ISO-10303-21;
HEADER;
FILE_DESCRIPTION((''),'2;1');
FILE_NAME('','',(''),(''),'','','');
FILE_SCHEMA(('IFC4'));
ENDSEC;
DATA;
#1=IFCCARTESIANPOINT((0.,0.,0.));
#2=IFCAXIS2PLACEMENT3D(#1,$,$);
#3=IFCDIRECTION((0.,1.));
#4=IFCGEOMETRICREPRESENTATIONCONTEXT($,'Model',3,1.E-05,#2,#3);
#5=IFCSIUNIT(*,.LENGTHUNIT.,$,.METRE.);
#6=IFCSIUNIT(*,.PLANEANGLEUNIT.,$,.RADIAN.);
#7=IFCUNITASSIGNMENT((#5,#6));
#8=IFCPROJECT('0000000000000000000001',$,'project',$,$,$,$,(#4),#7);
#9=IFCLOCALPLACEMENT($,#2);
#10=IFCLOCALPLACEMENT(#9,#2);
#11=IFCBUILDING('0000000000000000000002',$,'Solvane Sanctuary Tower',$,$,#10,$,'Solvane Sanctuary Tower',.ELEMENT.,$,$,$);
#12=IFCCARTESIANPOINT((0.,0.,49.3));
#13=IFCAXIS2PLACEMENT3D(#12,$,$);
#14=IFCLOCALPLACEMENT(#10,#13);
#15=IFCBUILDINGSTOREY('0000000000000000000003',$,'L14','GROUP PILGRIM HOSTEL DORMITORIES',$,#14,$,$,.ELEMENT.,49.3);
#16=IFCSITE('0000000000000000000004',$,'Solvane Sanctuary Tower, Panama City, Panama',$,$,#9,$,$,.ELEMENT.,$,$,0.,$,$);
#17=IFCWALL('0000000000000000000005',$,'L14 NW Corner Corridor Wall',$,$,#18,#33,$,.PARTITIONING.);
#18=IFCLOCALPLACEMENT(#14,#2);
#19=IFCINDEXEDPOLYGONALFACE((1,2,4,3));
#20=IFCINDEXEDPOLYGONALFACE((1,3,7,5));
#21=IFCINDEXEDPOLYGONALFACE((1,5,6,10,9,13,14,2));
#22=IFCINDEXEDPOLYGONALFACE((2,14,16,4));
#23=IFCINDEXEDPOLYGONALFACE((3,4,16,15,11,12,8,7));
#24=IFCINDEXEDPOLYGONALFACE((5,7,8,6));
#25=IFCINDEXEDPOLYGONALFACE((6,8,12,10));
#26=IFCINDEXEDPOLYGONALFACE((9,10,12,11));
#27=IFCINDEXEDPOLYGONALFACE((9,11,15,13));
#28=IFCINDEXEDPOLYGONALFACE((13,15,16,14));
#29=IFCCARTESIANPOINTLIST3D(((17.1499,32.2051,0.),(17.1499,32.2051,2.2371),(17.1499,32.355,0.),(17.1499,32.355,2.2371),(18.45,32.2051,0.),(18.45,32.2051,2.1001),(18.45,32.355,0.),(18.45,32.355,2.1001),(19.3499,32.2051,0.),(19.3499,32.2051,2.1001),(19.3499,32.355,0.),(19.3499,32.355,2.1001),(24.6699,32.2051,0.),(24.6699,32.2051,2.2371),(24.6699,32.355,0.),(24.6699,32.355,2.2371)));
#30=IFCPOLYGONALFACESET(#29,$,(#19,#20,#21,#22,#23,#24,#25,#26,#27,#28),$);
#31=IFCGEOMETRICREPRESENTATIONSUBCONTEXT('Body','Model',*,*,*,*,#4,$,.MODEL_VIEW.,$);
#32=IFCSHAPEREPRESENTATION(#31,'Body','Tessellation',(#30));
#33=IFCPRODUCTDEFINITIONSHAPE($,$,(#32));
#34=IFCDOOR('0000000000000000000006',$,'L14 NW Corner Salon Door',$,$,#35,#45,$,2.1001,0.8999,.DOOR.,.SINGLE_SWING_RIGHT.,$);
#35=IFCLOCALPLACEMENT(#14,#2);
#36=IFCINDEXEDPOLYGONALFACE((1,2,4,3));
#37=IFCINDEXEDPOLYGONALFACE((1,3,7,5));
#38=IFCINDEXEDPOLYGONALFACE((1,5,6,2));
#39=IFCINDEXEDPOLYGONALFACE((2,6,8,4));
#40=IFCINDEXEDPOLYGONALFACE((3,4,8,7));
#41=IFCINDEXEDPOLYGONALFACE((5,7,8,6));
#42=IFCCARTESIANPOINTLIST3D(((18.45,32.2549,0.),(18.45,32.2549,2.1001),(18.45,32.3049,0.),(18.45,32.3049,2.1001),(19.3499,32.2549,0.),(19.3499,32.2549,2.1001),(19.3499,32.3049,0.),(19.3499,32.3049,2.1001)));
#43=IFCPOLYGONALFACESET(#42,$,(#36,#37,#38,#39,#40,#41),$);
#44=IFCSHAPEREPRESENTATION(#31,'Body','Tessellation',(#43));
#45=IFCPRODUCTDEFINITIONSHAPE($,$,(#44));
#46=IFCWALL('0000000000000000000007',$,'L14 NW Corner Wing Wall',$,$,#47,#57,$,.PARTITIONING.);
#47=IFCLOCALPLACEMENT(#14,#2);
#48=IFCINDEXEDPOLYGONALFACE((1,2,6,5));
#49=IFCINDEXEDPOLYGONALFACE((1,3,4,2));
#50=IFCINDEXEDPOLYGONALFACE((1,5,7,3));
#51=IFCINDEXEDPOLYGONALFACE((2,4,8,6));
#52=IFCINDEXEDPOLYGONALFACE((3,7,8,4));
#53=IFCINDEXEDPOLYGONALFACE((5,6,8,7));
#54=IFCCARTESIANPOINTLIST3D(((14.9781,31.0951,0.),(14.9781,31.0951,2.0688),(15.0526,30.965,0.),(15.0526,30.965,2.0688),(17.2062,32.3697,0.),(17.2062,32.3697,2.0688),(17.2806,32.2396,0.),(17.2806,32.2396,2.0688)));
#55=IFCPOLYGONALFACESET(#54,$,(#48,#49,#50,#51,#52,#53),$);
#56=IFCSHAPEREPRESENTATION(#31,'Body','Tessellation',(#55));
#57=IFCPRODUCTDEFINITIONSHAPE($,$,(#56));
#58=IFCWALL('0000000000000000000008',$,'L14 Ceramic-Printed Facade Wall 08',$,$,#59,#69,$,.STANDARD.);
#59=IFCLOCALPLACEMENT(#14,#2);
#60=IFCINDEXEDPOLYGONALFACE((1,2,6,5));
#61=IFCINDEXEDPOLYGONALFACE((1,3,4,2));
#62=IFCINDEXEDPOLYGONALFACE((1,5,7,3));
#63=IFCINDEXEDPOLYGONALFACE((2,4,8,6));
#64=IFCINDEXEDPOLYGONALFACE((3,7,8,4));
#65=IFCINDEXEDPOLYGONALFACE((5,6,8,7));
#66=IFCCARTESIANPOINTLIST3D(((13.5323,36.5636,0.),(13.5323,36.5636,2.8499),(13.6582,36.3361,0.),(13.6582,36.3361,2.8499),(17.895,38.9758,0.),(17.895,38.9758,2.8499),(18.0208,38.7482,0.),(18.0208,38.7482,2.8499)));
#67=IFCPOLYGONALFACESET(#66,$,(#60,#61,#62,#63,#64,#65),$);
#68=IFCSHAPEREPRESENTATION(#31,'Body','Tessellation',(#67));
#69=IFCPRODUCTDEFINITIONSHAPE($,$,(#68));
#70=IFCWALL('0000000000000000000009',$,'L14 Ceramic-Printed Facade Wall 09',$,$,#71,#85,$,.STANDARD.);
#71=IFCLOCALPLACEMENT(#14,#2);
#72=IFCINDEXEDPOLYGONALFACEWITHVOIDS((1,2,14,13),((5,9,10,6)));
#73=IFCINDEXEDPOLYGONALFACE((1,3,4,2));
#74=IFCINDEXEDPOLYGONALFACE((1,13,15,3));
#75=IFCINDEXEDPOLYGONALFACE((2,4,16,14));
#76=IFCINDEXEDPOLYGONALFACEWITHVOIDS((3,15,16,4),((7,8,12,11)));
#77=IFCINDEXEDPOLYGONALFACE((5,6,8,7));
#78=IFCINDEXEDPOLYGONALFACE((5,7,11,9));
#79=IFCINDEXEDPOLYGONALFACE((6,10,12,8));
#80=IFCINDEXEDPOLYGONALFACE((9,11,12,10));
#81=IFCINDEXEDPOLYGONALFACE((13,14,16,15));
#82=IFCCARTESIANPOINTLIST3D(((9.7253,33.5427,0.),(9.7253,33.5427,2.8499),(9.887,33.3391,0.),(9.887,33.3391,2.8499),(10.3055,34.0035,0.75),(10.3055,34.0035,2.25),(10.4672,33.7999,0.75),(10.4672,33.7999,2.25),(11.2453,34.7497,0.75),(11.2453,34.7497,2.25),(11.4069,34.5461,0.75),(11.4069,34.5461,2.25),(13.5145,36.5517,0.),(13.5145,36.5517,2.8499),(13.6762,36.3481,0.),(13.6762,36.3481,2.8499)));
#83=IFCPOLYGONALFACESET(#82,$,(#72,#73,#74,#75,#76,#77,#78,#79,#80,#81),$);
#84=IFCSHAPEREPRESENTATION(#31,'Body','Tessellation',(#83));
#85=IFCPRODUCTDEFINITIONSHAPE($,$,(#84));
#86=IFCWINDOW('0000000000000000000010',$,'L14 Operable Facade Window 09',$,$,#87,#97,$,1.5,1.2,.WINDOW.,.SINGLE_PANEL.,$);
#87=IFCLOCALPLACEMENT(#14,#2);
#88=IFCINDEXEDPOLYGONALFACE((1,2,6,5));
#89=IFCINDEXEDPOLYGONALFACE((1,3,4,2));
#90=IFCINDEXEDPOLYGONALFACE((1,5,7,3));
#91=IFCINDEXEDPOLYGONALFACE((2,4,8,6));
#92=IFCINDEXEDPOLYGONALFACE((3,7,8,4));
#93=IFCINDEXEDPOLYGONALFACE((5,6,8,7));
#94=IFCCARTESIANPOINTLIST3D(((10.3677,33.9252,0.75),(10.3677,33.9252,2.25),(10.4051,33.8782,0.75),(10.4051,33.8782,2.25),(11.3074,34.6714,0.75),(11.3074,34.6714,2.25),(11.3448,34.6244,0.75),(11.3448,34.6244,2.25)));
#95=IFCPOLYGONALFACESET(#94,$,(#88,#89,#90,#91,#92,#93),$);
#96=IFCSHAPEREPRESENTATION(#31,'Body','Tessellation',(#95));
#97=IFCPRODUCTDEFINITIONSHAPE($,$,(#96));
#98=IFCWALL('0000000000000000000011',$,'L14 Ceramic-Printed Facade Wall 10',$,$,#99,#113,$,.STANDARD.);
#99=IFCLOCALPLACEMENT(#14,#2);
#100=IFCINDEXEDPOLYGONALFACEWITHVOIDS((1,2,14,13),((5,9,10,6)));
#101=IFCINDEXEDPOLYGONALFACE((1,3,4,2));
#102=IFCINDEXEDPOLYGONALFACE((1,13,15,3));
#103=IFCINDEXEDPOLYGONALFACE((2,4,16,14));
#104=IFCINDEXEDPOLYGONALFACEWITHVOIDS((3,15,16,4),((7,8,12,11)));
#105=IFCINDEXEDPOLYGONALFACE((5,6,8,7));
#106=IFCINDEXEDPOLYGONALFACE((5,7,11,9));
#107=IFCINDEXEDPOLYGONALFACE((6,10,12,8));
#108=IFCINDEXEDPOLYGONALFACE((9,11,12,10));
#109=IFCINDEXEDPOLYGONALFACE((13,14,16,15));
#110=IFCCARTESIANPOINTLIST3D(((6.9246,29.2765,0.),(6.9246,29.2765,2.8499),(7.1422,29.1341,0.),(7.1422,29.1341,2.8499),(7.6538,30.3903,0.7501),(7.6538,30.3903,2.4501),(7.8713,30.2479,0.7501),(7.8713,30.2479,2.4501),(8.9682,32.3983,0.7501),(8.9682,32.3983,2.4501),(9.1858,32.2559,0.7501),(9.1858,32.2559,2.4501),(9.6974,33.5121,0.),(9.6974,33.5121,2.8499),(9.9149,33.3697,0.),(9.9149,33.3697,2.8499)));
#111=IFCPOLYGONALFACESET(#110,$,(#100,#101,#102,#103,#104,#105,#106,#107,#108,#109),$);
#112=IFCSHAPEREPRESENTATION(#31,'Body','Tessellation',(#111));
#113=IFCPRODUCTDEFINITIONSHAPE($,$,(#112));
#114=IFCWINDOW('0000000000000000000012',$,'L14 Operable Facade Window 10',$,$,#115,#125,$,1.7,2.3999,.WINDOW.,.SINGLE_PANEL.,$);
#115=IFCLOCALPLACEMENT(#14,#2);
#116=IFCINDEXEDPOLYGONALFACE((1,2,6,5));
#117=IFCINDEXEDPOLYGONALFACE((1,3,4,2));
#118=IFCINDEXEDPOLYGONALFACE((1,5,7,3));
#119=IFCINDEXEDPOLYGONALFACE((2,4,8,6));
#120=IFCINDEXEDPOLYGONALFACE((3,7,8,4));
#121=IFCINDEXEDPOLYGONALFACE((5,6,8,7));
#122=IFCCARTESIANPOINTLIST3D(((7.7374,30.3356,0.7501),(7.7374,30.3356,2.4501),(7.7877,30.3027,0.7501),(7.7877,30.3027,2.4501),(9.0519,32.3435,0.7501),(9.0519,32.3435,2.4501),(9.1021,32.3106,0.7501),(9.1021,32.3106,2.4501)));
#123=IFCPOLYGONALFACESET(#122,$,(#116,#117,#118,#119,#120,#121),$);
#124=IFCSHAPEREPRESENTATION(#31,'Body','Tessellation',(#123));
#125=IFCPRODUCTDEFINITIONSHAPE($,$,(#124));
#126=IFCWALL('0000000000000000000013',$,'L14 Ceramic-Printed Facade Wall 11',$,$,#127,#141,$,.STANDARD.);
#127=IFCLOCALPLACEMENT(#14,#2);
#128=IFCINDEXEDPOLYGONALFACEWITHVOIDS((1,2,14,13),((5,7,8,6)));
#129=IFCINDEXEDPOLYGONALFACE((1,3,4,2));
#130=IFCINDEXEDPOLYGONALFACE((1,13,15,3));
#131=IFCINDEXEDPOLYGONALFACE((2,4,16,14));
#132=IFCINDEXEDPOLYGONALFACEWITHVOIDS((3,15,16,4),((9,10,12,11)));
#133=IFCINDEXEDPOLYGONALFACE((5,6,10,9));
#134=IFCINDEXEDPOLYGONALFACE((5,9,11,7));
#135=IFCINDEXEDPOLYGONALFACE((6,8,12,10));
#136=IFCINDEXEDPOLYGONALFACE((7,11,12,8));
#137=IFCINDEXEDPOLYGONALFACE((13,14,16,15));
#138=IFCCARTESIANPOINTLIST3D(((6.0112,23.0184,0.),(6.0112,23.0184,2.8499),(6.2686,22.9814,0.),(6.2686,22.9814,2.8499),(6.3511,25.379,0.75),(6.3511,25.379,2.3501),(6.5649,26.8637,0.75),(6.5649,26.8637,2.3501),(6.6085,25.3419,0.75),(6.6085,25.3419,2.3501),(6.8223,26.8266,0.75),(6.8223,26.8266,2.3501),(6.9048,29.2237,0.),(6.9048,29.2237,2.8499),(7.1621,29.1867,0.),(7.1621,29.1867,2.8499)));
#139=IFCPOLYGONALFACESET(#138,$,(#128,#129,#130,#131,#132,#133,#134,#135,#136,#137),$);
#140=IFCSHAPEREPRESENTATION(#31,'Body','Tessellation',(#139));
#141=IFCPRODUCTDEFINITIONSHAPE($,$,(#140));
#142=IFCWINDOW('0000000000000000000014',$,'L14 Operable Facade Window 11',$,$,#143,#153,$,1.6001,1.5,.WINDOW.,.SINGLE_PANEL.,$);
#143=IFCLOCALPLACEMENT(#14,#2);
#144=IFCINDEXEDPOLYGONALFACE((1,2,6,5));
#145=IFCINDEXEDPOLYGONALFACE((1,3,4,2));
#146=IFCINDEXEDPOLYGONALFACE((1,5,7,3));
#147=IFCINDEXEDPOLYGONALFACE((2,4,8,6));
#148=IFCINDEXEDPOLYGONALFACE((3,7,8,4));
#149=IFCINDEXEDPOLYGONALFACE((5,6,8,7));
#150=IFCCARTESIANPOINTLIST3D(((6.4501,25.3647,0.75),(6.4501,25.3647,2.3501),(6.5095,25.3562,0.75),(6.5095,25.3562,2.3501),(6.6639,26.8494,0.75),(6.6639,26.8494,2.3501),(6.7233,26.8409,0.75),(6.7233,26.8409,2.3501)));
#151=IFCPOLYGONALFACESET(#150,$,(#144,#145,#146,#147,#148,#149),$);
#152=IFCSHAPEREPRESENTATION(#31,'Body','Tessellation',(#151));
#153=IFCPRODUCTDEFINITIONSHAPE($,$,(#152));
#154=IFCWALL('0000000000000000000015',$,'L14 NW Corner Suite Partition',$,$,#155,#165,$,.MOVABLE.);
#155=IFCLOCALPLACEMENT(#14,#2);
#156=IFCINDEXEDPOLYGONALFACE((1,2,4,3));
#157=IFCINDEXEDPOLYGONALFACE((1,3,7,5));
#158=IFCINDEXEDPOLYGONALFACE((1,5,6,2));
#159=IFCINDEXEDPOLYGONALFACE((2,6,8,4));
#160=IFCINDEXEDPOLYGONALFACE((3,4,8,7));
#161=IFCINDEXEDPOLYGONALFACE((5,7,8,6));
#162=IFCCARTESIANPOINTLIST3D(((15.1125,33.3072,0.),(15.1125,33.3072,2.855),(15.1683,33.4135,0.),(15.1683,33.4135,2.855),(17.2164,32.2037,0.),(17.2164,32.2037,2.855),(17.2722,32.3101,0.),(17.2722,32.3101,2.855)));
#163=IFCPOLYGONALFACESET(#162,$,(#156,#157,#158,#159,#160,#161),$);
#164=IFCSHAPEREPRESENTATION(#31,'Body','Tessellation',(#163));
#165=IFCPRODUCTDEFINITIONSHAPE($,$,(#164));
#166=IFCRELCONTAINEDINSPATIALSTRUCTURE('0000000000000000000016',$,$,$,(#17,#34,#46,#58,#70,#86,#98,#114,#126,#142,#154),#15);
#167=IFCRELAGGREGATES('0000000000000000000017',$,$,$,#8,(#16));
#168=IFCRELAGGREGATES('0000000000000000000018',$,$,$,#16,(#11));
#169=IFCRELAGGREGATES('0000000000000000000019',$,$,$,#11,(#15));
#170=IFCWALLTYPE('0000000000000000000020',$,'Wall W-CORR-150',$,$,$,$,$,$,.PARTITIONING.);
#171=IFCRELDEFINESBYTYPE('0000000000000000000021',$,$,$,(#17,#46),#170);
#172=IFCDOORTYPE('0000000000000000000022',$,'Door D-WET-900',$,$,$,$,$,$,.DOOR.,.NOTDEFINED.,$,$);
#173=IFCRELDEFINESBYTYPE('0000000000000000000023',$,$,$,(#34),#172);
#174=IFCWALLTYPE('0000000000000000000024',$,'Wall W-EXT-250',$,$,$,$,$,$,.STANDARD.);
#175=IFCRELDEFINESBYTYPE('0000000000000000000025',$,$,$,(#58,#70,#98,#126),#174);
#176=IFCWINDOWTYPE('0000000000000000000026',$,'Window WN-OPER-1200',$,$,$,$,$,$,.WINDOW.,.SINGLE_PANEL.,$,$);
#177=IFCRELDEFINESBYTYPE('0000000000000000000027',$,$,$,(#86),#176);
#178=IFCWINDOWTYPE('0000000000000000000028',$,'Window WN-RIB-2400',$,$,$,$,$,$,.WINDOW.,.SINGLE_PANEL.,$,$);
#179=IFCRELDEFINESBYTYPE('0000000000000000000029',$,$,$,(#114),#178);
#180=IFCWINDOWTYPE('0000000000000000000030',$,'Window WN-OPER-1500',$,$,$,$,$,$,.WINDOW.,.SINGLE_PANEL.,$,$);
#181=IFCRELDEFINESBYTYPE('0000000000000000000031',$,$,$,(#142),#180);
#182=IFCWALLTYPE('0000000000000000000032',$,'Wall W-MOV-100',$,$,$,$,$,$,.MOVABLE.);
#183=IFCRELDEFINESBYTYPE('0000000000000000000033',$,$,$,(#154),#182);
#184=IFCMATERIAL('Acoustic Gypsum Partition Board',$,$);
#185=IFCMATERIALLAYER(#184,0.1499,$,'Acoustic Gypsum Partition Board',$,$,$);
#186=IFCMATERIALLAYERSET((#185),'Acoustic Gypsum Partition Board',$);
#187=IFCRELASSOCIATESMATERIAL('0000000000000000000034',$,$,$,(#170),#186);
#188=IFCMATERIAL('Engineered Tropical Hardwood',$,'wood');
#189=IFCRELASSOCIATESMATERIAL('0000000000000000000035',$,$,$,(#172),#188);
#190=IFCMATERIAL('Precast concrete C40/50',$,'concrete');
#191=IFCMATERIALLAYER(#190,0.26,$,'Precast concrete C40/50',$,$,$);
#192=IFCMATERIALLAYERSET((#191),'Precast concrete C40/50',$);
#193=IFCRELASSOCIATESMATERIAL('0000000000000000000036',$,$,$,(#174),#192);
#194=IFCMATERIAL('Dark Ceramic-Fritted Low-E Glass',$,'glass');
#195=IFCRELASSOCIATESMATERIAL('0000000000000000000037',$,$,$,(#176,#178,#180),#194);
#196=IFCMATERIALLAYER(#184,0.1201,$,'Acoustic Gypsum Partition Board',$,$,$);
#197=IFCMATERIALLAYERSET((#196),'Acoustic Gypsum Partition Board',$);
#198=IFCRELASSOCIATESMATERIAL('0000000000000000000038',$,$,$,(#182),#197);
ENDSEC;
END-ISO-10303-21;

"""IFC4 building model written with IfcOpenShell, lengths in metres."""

from ifc_helpers import new_model, si_unit, direction, frame, frame_2d, origin, place, context, subcontext, project, spatial, rectangle, extrude, material, layer, layer_set, type_object, element, fill, save


model = new_model("IFC4")

# Units and contexts
model_context = context("Model", 3, precision=1e-05, world=origin(), true_north=direction((0.0, 1.0)))
body_context = subcontext(model_context, "Body", "Model", "MODEL_VIEW")
ifc_project = project(units=[si_unit("LENGTHUNIT", "METRE"), si_unit("PLANEANGLEUNIT", "RADIAN")], contexts=[model_context])

# Site, building, storey
site_placement = place(None, origin())
site = spatial("IfcSite", under=ifc_project, at=site_placement, Name="Solvane Sanctuary Tower, Panama City, Panama", CompositionType="ELEMENT", RefElevation=0.0)
building_placement = place(site_placement, origin())
building = spatial("IfcBuilding", under=site, at=building_placement, Name="Solvane Sanctuary Tower", LongName="Solvane Sanctuary Tower", CompositionType="ELEMENT")
storey_placement = place(building_placement, frame((0.0, 0.0, 49.3)))
storey = spatial("IfcBuildingStorey", under=building, at=storey_placement, Name="L14", Description="GROUP PILGRIM HOSTEL DORMITORIES", CompositionType="ELEMENT", Elevation=49.3)

# Shared definitions
ifc_material_1 = material(Name="Acoustic Gypsum Partition Board")
ifc_layer_1 = layer(ifc_material_1, 0.1499, Name="Acoustic Gypsum Partition Board")
ifc_layer_set_1 = layer_set([ifc_layer_1], Name="Acoustic Gypsum Partition Board")
wall_type_1 = type_object("IfcWallType", Name="Wall W-CORR-150", PredefinedType="PARTITIONING", material=ifc_layer_set_1)

# Wall, opening, door
wall_1_placement = place(storey_placement, frame((17.1499, 32.28, 0.0), z_axis=(0.0, 0.0, 1.0), x_axis=(1.0, 0.0, 0.0)))
wall_1 = element("IfcWall", 1, at=wall_1_placement, inside=storey, type_object=wall_type_1, Name="L14 NW Corner Corridor Wall", PredefinedType="PARTITIONING", context=body_context, shape_type="SweptSolid", body=[
    extrude(rectangle(XDim=7.52, YDim=0.1499, at=frame_2d((3.76, 0.0))), origin(), (0.0, 0.0, 1.0), 2.2371),
])
opening_1_placement = place(wall_1_placement, frame((1.3, 0.0, 0.0)))
opening_1 = element("IfcOpeningElement", 2, at=opening_1_placement, cuts=wall_1, PredefinedType="OPENING", context=body_context, shape_type="SweptSolid", body=[
    extrude(rectangle(XDim=0.8999, YDim=2.1001, at=frame_2d((0.45, 1.05))), frame((0.0, 0.085, 0.0), z_axis=(0.0, -1.0, 0.0), x_axis=(1.0, 0.0, 0.0)), (0.0, 0.0, 1.0), 0.1699),
])
ifc_material_2 = material(Name="Engineered Tropical Hardwood", Category="wood")
door_type_1 = type_object("IfcDoorType", Name="Door D-WET-900", OperationType="NOTDEFINED", PredefinedType="DOOR", material=ifc_material_2)
door_1_placement = place(opening_1_placement, origin())
door_1 = element("IfcDoor", 3, at=door_1_placement, inside=storey, type_object=door_type_1, Name="L14 NW Corner Salon Door", OperationType="SINGLE_SWING_RIGHT", OverallHeight=2.1001, OverallWidth=0.8999, PredefinedType="DOOR", context=body_context, shape_type="SweptSolid", body=[
    extrude(rectangle(XDim=0.8999, YDim=2.1001, at=frame_2d((0.45, 1.05))), frame((0.0, 0.0249, 0.0), z_axis=(0.0, -1.0, 0.0), x_axis=(1.0, 0.0, 0.0)), (0.0, 0.0, 1.0), 0.05),
])
fill(opening_1, door_1)

# Walls
wall_2_placement = place(storey_placement, frame((17.2434, 32.3047, 0.0), z_axis=(0.0, 0.0, 1.0), x_axis=(-0.867991, -0.496579, 0.0)))
element("IfcWall", 4, at=wall_2_placement, inside=storey, type_object=wall_type_1, Name="L14 NW Corner Wing Wall", PredefinedType="PARTITIONING", context=body_context, shape_type="SweptSolid", body=[
    extrude(rectangle(XDim=2.5669, YDim=0.1499, at=frame_2d((1.2834, 0.0))), origin(), (0.0, 0.0, 1.0), 2.0688),
])
ifc_material_3 = material(Name="Precast concrete C40/50", Category="concrete")
ifc_layer_2 = layer(ifc_material_3, 0.26, Name="Precast concrete C40/50")
ifc_layer_set_2 = layer_set([ifc_layer_2], Name="Precast concrete C40/50")
wall_type_2 = type_object("IfcWallType", Name="Wall W-EXT-250", PredefinedType="STANDARD", material=ifc_layer_set_2)
wall_3_placement = place(storey_placement, frame((17.958, 38.8621, 0.0), z_axis=(0.0, 0.0, 1.0), x_axis=(-0.875137, -0.483875, 0.0)))
element("IfcWall", 5, at=wall_3_placement, inside=storey, type_object=wall_type_2, Name="L14 Ceramic-Printed Facade Wall 08", PredefinedType="STANDARD", context=body_context, shape_type="SweptSolid", body=[
    extrude(rectangle(XDim=4.9851, YDim=0.26, at=frame_2d((2.4927, 0.0))), origin(), (0.0, 0.0, 1.0), 2.8499),
])

# Walls, openings, windows
wall_4_placement = place(storey_placement, frame((13.5955, 36.45, 0.0), z_axis=(0.0, 0.0, 1.0), x_axis=(-0.783123, -0.621867, 0.0)))
wall_4 = element("IfcWall", 6, at=wall_4_placement, inside=storey, type_object=wall_type_2, Name="L14 Ceramic-Printed Facade Wall 09", PredefinedType="STANDARD", context=body_context, shape_type="SweptSolid", body=[
    extrude(rectangle(XDim=4.8386, YDim=0.26, at=frame_2d((2.4194, 0.0))), origin(), (0.0, 0.0, 1.0), 2.8499),
])
opening_2_placement = place(wall_4_placement, frame((2.8977, 0.0, 0.75)))
opening_2 = element("IfcOpeningElement", 7, at=opening_2_placement, cuts=wall_4, PredefinedType="OPENING", context=body_context, shape_type="SweptSolid", body=[
    extrude(rectangle(XDim=1.2, YDim=1.5, at=frame_2d((0.6001, 0.75))), frame((0.0, 0.1399, 0.0), z_axis=(0.0, -1.0, 0.0), x_axis=(1.0, 0.0, 0.0)), (0.0, 0.0, 1.0), 0.28),
])
ifc_material_4 = material(Name="Dark Ceramic-Fritted Low-E Glass", Category="glass")
window_type_1 = type_object("IfcWindowType", Name="Window WN-OPER-1200", PartitioningType="SINGLE_PANEL", PredefinedType="WINDOW", material=ifc_material_4)
window_1_placement = place(opening_2_placement, origin())
window_1 = element("IfcWindow", 8, at=window_1_placement, inside=storey, type_object=window_type_1, Name="L14 Operable Facade Window 09", OverallHeight=1.5, OverallWidth=1.2, PartitioningType="SINGLE_PANEL", PredefinedType="WINDOW", context=body_context, shape_type="SweptSolid", body=[
    extrude(rectangle(XDim=1.2, YDim=1.5, at=frame_2d((0.6001, 0.75))), frame((0.0, 0.03, 0.0), z_axis=(0.0, -1.0, 0.0), x_axis=(1.0, 0.0, 0.0)), (0.0, 0.0, 1.0), 0.0601),
])
fill(opening_2, window_1)
wall_5_placement = place(storey_placement, frame((9.8062, 33.4409, 0.0), z_axis=(0.0, 0.0, 1.0), x_axis=(-0.547703, -0.836673, 0.0)))
wall_5 = element("IfcWall", 9, at=wall_5_placement, inside=storey, type_object=wall_type_2, Name="L14 Ceramic-Printed Facade Wall 10", PredefinedType="STANDARD", context=body_context, shape_type="SweptSolid", body=[
    extrude(rectangle(XDim=5.0625, YDim=0.26, at=frame_2d((2.5312, 0.0))), origin(), (0.0, 0.0, 1.0), 2.8499),
])
opening_3_placement = place(wall_5_placement, frame((1.3313, 0.0, 0.75)))
opening_3 = element("IfcOpeningElement", 10, at=opening_3_placement, cuts=wall_5, PredefinedType="OPENING", context=body_context, shape_type="SweptSolid", body=[
    extrude(rectangle(XDim=2.3999, YDim=1.7, at=frame_2d((1.2, 0.8501))), frame((0.0, 0.1399, 0.0), z_axis=(0.0, -1.0, 0.0), x_axis=(1.0, 0.0, 0.0)), (0.0, 0.0, 1.0), 0.28),
])
window_type_2 = type_object("IfcWindowType", Name="Window WN-RIB-2400", PartitioningType="SINGLE_PANEL", PredefinedType="WINDOW", material=ifc_material_4)
window_2_placement = place(opening_3_placement, origin())
window_2 = element("IfcWindow", 11, at=window_2_placement, inside=storey, type_object=window_type_2, Name="L14 Operable Facade Window 10", OverallHeight=1.7, OverallWidth=2.3999, PartitioningType="SINGLE_PANEL", PredefinedType="WINDOW", context=body_context, shape_type="SweptSolid", body=[
    extrude(rectangle(XDim=2.3999, YDim=1.7, at=frame_2d((1.2, 0.8501))), frame((0.0, 0.03, 0.0), z_axis=(0.0, -1.0, 0.0), x_axis=(1.0, 0.0, 0.0)), (0.0, 0.0, 1.0), 0.0601),
])
fill(opening_3, window_2)
wall_6_placement = place(storey_placement, frame((7.0334, 29.2053, 0.0), z_axis=(0.0, 0.0, 1.0), x_axis=(-0.142528, -0.989791, 0.0)))
wall_6 = element("IfcWall", 12, at=wall_6_placement, inside=storey, type_object=wall_type_2, Name="L14 Ceramic-Printed Facade Wall 11", PredefinedType="STANDARD", context=body_context, shape_type="SweptSolid", body=[
    extrude(rectangle(XDim=6.2693, YDim=0.26, at=frame_2d((3.1348, 0.0))), origin(), (0.0, 0.0, 1.0), 2.8499),
])
opening_4_placement = place(wall_6_placement, frame((2.3845, 0.0, 0.75)))
opening_4 = element("IfcOpeningElement", 13, at=opening_4_placement, cuts=wall_6, PredefinedType="OPENING", context=body_context, shape_type="SweptSolid", body=[
    extrude(rectangle(XDim=1.5, YDim=1.6001, at=frame_2d((0.75, 0.8))), frame((0.0, 0.1399, 0.0), z_axis=(0.0, -1.0, 0.0), x_axis=(1.0, 0.0, 0.0)), (0.0, 0.0, 1.0), 0.28),
])
window_type_3 = type_object("IfcWindowType", Name="Window WN-OPER-1500", PartitioningType="SINGLE_PANEL", PredefinedType="WINDOW", material=ifc_material_4)
window_3_placement = place(opening_4_placement, origin())
window_3 = element("IfcWindow", 14, at=window_3_placement, inside=storey, type_object=window_type_3, Name="L14 Operable Facade Window 11", OverallHeight=1.6001, OverallWidth=1.5, PartitioningType="SINGLE_PANEL", PredefinedType="WINDOW", context=body_context, shape_type="SweptSolid", body=[
    extrude(rectangle(XDim=1.5, YDim=1.6001, at=frame_2d((0.75, 0.8))), frame((0.0, 0.03, 0.0), z_axis=(0.0, -1.0, 0.0), x_axis=(1.0, 0.0, 0.0)), (0.0, 0.0, 1.0), 0.0601),
])
fill(opening_4, window_3)

# Wall
ifc_layer_3 = layer(ifc_material_1, 0.1201, Name="Acoustic Gypsum Partition Board")
ifc_layer_set_3 = layer_set([ifc_layer_3], Name="Acoustic Gypsum Partition Board")
wall_type_3 = type_object("IfcWallType", Name="Wall W-MOV-100", PredefinedType="MOVABLE", material=ifc_layer_set_3)
wall_7_placement = place(storey_placement, frame((17.2444, 32.2568, 0.0), z_axis=(0.0, 0.0, 1.0), x_axis=(-0.885586, 0.464475, 0.0)))
element("IfcWall", 15, at=wall_7_placement, inside=storey, type_object=wall_type_3, Name="L14 NW Corner Suite Partition", PredefinedType="MOVABLE", context=body_context, shape_type="SweptSolid", body=[
    extrude(rectangle(XDim=2.3757, YDim=0.1201, at=frame_2d((1.188, 0.0))), origin(), (0.0, 0.0, 1.0), 2.855),
])

save(model, "model.ifc")
